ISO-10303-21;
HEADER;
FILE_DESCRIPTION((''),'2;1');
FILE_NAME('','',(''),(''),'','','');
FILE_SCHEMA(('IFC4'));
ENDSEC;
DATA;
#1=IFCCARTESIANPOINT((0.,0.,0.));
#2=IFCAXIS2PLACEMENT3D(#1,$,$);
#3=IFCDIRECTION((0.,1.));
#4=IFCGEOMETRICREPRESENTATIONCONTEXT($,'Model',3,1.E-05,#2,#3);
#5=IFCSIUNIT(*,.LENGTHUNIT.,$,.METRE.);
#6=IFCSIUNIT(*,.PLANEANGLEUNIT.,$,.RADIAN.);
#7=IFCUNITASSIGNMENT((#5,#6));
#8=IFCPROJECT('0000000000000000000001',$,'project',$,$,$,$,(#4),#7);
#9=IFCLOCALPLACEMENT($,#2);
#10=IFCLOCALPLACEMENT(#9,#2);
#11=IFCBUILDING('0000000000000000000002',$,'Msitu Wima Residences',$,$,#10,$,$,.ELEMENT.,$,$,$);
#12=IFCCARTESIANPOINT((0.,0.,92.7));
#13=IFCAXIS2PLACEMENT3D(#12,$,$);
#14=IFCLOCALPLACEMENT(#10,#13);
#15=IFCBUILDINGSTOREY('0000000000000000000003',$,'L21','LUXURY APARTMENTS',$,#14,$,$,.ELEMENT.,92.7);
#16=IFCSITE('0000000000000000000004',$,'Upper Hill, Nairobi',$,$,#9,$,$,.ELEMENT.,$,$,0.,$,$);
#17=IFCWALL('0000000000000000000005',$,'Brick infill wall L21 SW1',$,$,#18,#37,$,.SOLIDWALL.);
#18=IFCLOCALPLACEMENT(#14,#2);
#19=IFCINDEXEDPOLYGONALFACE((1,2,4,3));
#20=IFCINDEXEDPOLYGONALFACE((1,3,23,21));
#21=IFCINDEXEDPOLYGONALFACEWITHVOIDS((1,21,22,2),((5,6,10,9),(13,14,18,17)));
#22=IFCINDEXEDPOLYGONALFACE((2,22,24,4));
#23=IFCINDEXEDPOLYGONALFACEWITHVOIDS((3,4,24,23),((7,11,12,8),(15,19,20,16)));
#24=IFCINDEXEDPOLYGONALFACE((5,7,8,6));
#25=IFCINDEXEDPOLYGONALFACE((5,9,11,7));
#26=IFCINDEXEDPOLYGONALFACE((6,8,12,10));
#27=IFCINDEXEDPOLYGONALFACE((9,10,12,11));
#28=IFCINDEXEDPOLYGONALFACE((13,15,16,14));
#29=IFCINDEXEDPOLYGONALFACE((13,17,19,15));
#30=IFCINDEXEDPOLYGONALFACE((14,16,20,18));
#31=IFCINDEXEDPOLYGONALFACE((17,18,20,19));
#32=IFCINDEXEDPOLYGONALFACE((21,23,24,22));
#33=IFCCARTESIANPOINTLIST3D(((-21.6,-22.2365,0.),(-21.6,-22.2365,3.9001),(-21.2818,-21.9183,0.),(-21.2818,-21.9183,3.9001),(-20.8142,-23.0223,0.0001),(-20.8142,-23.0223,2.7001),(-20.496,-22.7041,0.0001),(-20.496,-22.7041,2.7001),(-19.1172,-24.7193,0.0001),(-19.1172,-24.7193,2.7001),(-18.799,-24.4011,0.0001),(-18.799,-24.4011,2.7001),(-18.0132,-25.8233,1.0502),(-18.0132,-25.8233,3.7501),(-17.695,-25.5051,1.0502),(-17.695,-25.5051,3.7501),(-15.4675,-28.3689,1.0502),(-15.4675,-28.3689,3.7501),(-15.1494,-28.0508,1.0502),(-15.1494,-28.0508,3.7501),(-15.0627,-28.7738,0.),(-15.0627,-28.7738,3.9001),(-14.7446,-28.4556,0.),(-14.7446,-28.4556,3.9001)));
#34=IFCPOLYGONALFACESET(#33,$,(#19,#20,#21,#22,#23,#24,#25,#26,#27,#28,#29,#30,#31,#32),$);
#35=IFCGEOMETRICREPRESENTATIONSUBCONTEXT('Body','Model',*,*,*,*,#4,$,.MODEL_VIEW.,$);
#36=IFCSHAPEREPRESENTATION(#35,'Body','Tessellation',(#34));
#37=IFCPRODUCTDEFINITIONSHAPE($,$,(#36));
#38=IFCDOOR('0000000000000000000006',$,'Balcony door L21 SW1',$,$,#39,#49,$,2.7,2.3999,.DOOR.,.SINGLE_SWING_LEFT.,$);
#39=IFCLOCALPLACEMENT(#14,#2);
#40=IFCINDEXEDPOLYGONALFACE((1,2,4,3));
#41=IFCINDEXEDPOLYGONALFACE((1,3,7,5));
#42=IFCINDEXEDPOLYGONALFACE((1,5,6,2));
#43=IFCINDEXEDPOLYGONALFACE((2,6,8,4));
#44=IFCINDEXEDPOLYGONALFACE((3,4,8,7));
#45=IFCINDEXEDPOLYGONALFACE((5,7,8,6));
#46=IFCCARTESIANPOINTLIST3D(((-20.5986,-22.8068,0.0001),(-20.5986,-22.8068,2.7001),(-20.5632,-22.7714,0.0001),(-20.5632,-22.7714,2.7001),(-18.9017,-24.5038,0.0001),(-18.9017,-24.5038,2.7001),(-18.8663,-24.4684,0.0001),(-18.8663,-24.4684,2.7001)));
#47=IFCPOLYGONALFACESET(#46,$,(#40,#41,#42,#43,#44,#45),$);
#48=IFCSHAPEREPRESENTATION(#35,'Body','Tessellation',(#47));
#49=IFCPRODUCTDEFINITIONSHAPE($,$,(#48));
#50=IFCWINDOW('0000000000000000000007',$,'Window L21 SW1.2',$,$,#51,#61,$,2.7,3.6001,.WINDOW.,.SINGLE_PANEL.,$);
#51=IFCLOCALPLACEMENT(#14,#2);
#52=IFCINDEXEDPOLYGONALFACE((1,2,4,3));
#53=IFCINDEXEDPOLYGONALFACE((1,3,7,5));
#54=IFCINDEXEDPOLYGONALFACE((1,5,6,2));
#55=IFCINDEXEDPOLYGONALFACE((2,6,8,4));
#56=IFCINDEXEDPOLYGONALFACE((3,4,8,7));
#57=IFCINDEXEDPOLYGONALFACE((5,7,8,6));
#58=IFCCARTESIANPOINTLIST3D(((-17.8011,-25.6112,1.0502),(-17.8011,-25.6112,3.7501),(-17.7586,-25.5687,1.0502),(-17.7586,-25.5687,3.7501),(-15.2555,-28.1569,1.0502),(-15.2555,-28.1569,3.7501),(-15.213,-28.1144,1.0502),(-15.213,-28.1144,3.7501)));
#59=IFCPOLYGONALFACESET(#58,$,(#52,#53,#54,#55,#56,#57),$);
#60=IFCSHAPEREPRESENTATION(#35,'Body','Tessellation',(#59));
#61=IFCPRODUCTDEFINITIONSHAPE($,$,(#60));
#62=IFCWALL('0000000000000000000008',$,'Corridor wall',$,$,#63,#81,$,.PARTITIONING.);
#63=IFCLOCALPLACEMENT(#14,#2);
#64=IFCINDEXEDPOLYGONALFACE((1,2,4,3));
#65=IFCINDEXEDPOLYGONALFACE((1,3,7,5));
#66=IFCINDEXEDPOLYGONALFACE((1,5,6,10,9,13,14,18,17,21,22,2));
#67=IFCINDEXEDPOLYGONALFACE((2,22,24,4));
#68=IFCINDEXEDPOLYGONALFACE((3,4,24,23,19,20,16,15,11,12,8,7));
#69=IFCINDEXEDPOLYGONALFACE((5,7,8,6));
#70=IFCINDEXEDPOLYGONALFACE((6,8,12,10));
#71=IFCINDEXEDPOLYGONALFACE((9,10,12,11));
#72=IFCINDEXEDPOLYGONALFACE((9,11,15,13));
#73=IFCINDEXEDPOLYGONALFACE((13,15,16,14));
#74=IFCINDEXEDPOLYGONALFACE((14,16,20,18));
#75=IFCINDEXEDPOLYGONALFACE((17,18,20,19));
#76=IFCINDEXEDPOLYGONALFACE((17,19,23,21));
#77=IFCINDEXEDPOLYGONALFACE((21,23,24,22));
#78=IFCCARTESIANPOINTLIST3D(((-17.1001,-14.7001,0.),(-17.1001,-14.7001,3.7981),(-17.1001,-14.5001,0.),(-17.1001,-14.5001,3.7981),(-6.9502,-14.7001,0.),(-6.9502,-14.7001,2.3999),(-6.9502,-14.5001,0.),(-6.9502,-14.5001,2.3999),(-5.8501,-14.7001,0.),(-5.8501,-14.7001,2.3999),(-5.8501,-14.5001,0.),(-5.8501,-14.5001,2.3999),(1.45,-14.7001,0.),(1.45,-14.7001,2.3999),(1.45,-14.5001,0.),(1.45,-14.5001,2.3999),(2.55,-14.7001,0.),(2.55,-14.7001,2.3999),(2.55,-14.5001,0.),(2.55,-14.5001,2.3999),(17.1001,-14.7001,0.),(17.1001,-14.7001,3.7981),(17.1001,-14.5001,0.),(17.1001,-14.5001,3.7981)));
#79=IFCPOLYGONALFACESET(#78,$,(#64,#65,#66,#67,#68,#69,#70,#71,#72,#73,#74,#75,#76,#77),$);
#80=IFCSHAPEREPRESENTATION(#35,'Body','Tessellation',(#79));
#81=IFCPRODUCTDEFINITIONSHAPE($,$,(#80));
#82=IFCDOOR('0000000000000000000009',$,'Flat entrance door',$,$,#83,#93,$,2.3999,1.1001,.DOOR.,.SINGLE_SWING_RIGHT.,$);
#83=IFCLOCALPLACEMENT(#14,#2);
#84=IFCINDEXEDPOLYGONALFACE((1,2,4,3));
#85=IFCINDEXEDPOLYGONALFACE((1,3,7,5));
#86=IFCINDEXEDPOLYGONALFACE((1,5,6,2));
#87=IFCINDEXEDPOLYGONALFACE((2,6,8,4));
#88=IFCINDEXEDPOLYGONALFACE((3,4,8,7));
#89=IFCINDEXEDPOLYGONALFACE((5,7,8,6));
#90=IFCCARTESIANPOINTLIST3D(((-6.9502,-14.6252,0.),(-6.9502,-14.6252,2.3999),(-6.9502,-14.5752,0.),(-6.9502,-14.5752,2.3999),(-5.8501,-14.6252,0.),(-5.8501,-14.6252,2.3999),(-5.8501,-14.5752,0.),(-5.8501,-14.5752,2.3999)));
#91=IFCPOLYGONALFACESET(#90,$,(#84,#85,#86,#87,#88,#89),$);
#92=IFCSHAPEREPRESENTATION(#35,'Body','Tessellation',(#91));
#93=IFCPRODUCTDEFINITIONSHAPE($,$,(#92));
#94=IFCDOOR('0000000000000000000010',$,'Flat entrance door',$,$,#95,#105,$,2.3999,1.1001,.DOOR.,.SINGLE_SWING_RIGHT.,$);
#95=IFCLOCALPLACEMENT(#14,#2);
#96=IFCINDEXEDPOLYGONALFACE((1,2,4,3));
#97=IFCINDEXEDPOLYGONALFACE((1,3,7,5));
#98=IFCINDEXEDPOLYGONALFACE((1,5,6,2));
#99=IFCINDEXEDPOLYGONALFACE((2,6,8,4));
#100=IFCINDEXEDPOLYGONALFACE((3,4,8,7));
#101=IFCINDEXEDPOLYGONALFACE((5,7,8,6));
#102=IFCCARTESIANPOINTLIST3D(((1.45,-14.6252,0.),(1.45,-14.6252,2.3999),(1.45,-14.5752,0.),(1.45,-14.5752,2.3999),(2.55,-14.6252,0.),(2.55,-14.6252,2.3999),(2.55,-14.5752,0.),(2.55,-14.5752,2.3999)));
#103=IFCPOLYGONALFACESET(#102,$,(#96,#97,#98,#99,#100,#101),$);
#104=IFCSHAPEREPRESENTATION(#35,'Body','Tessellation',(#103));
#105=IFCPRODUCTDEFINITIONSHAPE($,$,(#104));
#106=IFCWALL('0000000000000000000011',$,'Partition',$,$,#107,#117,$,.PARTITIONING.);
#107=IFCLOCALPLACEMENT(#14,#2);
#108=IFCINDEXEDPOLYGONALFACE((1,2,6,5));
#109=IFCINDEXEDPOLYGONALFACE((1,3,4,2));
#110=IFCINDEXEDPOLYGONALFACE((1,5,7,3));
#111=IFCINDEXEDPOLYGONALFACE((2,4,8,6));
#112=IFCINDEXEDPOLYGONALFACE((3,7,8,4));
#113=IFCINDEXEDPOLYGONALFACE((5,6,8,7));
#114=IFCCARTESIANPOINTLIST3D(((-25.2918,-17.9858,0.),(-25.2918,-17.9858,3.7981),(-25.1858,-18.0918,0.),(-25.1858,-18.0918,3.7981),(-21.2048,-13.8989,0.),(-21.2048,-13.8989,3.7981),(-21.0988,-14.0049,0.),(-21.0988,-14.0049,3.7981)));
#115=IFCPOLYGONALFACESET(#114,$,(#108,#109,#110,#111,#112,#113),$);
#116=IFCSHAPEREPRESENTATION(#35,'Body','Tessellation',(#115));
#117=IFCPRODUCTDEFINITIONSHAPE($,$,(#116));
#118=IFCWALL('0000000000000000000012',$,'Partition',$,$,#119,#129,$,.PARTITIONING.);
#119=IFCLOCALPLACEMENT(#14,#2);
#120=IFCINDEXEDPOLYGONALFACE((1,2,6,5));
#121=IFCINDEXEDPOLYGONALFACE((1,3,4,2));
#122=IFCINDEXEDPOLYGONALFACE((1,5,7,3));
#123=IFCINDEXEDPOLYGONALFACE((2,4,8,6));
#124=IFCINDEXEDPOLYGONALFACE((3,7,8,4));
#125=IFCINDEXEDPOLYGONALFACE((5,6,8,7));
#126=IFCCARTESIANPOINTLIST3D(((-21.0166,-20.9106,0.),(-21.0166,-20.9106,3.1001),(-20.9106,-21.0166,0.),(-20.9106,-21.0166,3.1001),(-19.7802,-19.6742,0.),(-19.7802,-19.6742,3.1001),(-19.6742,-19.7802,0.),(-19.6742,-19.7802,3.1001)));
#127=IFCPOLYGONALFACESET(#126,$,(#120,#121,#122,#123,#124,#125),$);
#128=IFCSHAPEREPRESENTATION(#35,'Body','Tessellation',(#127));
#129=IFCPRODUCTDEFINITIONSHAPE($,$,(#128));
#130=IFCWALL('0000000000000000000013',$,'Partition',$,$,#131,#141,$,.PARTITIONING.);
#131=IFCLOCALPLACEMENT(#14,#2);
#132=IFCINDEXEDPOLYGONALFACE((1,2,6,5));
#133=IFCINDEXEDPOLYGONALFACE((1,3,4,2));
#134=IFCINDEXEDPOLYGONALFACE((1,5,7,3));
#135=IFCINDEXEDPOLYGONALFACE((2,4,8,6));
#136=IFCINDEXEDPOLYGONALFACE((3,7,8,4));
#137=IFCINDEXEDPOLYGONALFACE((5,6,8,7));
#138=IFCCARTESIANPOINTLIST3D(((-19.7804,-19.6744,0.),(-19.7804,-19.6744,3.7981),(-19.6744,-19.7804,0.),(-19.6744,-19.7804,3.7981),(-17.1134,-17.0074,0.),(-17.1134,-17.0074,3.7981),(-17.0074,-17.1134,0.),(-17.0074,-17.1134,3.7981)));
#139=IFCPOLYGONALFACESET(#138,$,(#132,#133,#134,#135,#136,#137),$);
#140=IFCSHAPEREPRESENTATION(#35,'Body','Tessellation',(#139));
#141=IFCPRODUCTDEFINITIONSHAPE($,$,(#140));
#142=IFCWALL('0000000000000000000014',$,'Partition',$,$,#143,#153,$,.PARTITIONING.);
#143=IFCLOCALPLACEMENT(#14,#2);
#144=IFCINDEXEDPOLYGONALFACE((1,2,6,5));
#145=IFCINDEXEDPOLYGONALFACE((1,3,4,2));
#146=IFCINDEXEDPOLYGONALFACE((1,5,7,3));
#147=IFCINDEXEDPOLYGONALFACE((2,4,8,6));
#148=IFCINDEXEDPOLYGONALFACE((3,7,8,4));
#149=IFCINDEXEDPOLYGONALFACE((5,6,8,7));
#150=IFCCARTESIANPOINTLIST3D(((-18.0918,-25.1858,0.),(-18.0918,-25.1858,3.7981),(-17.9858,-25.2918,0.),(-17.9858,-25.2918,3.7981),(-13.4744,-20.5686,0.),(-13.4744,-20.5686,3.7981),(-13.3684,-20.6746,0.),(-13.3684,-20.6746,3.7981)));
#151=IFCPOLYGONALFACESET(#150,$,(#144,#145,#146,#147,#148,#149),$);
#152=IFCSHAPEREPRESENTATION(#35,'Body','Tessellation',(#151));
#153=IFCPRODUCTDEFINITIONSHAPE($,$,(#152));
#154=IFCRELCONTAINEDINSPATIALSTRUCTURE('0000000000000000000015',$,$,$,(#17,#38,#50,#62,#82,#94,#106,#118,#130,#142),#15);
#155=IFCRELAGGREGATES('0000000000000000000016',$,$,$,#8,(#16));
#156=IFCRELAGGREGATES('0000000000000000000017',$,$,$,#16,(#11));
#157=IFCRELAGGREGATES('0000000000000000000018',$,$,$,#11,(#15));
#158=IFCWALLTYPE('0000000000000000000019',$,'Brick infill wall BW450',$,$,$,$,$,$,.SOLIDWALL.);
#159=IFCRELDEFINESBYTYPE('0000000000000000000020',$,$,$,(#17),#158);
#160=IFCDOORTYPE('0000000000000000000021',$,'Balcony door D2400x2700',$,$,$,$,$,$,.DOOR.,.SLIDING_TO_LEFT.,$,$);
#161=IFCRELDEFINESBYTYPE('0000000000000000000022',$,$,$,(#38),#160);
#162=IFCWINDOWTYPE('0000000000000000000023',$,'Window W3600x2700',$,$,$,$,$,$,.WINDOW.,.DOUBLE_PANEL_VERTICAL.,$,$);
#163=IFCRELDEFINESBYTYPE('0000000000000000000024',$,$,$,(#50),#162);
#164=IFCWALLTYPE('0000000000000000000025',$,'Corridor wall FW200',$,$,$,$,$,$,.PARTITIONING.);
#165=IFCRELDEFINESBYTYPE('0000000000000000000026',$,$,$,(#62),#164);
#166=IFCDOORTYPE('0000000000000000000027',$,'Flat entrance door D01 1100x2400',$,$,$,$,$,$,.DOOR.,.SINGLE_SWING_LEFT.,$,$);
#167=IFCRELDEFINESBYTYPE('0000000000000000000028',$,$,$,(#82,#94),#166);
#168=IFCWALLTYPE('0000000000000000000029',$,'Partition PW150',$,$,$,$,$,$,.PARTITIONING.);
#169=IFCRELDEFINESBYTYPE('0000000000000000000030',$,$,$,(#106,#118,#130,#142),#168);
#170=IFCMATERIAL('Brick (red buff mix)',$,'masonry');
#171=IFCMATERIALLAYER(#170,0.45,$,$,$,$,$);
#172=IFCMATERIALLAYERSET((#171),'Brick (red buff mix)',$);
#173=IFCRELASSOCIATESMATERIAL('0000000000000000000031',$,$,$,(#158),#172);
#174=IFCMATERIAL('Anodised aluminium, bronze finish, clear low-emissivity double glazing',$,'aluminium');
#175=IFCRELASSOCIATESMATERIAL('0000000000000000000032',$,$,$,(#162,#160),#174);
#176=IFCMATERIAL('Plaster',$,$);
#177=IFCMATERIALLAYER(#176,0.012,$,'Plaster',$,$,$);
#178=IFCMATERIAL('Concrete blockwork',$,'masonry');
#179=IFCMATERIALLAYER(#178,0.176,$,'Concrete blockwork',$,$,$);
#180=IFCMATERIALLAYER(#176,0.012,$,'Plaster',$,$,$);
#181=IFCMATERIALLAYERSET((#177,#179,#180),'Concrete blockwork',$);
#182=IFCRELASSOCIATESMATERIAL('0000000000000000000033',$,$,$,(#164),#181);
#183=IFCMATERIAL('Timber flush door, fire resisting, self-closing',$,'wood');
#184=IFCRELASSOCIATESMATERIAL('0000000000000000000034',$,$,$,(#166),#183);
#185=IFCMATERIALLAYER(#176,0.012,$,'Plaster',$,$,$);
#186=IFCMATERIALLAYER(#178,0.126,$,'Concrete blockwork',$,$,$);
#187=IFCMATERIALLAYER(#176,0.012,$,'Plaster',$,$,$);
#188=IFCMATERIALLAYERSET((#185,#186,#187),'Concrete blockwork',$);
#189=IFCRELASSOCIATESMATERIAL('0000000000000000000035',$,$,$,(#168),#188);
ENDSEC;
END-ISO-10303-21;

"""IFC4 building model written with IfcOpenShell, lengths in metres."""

from ifc_helpers import new_model, si_unit, direction, frame, frame_2d, origin, place, context, subcontext, project, spatial, rectangle, extrude, material, layer, layer_set, type_object, element, fill, save


model = new_model("IFC4")

# Units and contexts
model_context = context("Model", 3, precision=1e-05, world=origin(), true_north=direction((0.0, 1.0)))
body_context = subcontext(model_context, "Body", "Model", "MODEL_VIEW")
ifc_project = project(units=[si_unit("LENGTHUNIT", "METRE"), si_unit("PLANEANGLEUNIT", "RADIAN")], contexts=[model_context])

# Site, building, storey
site_placement = place(None, origin())
site = spatial("IfcSite", under=ifc_project, at=site_placement, Name="Upper Hill, Nairobi", CompositionType="ELEMENT", RefElevation=0.0)
building_placement = place(site_placement, origin())
building = spatial("IfcBuilding", under=site, at=building_placement, Name="Msitu Wima Residences", CompositionType="ELEMENT")
storey_placement = place(building_placement, frame((0.0, 0.0, 92.7)))
storey = spatial("IfcBuildingStorey", under=building, at=storey_placement, Name="L21", Description="LUXURY APARTMENTS", CompositionType="ELEMENT", Elevation=92.7)

# Shared definitions
ifc_material_1 = material(Name="Brick (red buff mix)", Category="masonry")
ifc_layer_1 = layer(ifc_material_1, 0.45)
ifc_layer_set_1 = layer_set([ifc_layer_1], Name="Brick (red buff mix)")
wall_type_1 = type_object("IfcWallType", Name="Brick infill wall BW450", PredefinedType="SOLIDWALL", material=ifc_layer_set_1)
ifc_material_2 = material(Name="Anodised aluminium, bronze finish, clear low-emissivity double glazing", Category="aluminium")
window_type = type_object("IfcWindowType", Name="Window W3600x2700", PartitioningType="DOUBLE_PANEL_VERTICAL", PredefinedType="WINDOW", material=ifc_material_2)

# Wall, openings, door, window
wall_1_placement = place(storey_placement, frame((-21.4409, -22.0774, 0.0), z_axis=(0.0, 0.0, 1.0), x_axis=(0.707107, -0.707107, 0.0)))
wall_1 = element("IfcWall", 1, at=wall_1_placement, inside=storey, type_object=wall_type_1, Name="Brick infill wall L21 SW1", PredefinedType="SOLIDWALL", context=body_context, shape_type="SweptSolid", body=[
    extrude(rectangle(XDim=9.2451, YDim=0.45, at=frame_2d((4.6226, 0.0))), origin(), (0.0, 0.0, 1.0), 3.9001),
])
opening_1_placement = place(wall_1_placement, frame((1.1113, 0.0, 0.0)))
opening_1 = element("IfcOpeningElement", 2, at=opening_1_placement, cuts=wall_1, PredefinedType="OPENING", context=body_context, shape_type="SweptSolid", body=[
    extrude(rectangle(XDim=2.3999, YDim=2.7, at=frame_2d((1.2, 1.3501))), frame((0.0, 0.2349, 0.0), z_axis=(0.0, -1.0, 0.0), x_axis=(1.0, 0.0, 0.0)), (0.0, 0.0, 1.0), 0.47),
])
opening_2_placement = place(wall_1_placement, frame((5.0725, 0.0, 1.05)))
opening_2 = element("IfcOpeningElement", 3, at=opening_2_placement, cuts=wall_1, PredefinedType="OPENING", context=body_context, shape_type="SweptSolid", body=[
    extrude(rectangle(XDim=3.6001, YDim=2.7, at=frame_2d((1.8, 1.3501))), frame((0.0, 0.2349, 0.0), z_axis=(0.0, -1.0, 0.0), x_axis=(1.0, 0.0, 0.0)), (0.0, 0.0, 1.0), 0.47),
])
door_type_1 = type_object("IfcDoorType", Name="Balcony door D2400x2700", OperationType="SLIDING_TO_LEFT", PredefinedType="DOOR", material=ifc_material_2)
door_1_placement = place(opening_1_placement, origin())
door_1 = element("IfcDoor", 4, at=door_1_placement, inside=storey, type_object=door_type_1, Name="Balcony door L21 SW1", OperationType="SINGLE_SWING_LEFT", OverallHeight=2.7, OverallWidth=2.3999, PredefinedType="DOOR", context=body_context, shape_type="SweptSolid", body=[
    extrude(rectangle(XDim=2.3999, YDim=2.7, at=frame_2d((1.2, 1.3501))), frame((0.0, 0.1299, 0.0), z_axis=(0.0, -1.0, 0.0), x_axis=(1.0, 0.0, 0.0)), (0.0, 0.0, 1.0), 0.05),
])
fill(opening_1, door_1)
window_1_placement = place(opening_2_placement, origin())
window_1 = element("IfcWindow", 5, at=window_1_placement, inside=storey, type_object=window_type, Name="Window L21 SW1.2", OverallHeight=2.7, OverallWidth=3.6001, PartitioningType="SINGLE_PANEL", PredefinedType="WINDOW", context=body_context, shape_type="SweptSolid", body=[
    extrude(rectangle(XDim=3.6001, YDim=2.7, at=frame_2d((1.8, 1.3501))), frame((0.0, 0.135, 0.0), z_axis=(0.0, -1.0, 0.0), x_axis=(1.0, 0.0, 0.0)), (0.0, 0.0, 1.0), 0.0601),
])
fill(opening_2, window_1)

# Wall, openings, doors
ifc_material_3 = material(Name="Plaster")
ifc_layer_2 = layer(ifc_material_3, 0.012, Name="Plaster")
ifc_material_4 = material(Name="Concrete blockwork", Category="masonry")
ifc_layer_3 = layer(ifc_material_4, 0.176, Name="Concrete blockwork")
ifc_layer_4 = layer(ifc_material_3, 0.012, Name="Plaster")
ifc_layer_set_2 = layer_set([ifc_layer_2, ifc_layer_3, ifc_layer_4], Name="Concrete blockwork")
wall_type_2 = type_object("IfcWallType", Name="Corridor wall FW200", PredefinedType="PARTITIONING", material=ifc_layer_set_2)
wall_2_placement = place(storey_placement, frame((-17.1001, -14.6001, 0.0), z_axis=(0.0, 0.0, 1.0), x_axis=(1.0, 0.0, 0.0)))
wall_2 = element("IfcWall", 6, at=wall_2_placement, inside=storey, type_object=wall_type_2, Name="Corridor wall", PredefinedType="PARTITIONING", context=body_context, shape_type="SweptSolid", body=[
    extrude(rectangle(XDim=34.2002, YDim=0.2, at=frame_2d((17.1001, 0.0))), origin(), (0.0, 0.0, 1.0), 3.7981),
])
opening_3_placement = place(wall_2_placement, frame((10.1499, 0.0, 0.0)))
opening_3 = element("IfcOpeningElement", 7, at=opening_3_placement, cuts=wall_2, PredefinedType="OPENING", context=body_context, shape_type="SweptSolid", body=[
    extrude(rectangle(XDim=1.1001, YDim=2.3999, at=frame_2d((0.55, 1.2))), frame((0.0, 0.1099, 0.0), z_axis=(0.0, -1.0, 0.0), x_axis=(1.0, 0.0, 0.0)), (0.0, 0.0, 1.0), 0.22),
])
opening_4_placement = place(wall_2_placement, frame((18.55, 0.0, 0.0)))
opening_4 = element("IfcOpeningElement", 8, at=opening_4_placement, cuts=wall_2, PredefinedType="OPENING", context=body_context, shape_type="SweptSolid", body=[
    extrude(rectangle(XDim=1.1001, YDim=2.3999, at=frame_2d((0.55, 1.2))), frame((0.0, 0.1099, 0.0), z_axis=(0.0, -1.0, 0.0), x_axis=(1.0, 0.0, 0.0)), (0.0, 0.0, 1.0), 0.22),
])
ifc_material_5 = material(Name="Timber flush door, fire resisting, self-closing", Category="wood")
door_type_2 = type_object("IfcDoorType", Name="Flat entrance door D01 1100x2400", OperationType="SINGLE_SWING_LEFT", PredefinedType="DOOR", material=ifc_material_5)
door_2_placement = place(opening_3_placement, origin())
door_2 = element("IfcDoor", 9, at=door_2_placement, inside=storey, type_object=door_type_2, Name="Flat entrance door", OperationType="SINGLE_SWING_RIGHT", OverallHeight=2.3999, OverallWidth=1.1001, PredefinedType="DOOR", context=body_context, shape_type="SweptSolid", body=[
    extrude(rectangle(XDim=1.1001, YDim=2.3999, at=frame_2d((0.55, 1.2))), frame((0.0, 0.0249, 0.0), z_axis=(0.0, -1.0, 0.0), x_axis=(1.0, 0.0, 0.0)), (0.0, 0.0, 1.0), 0.05),
])
fill(opening_3, door_2)
door_3_placement = place(opening_4_placement, origin())
door_3 = element("IfcDoor", 10, at=door_3_placement, inside=storey, type_object=door_type_2, Name="Flat entrance door", OperationType="SINGLE_SWING_RIGHT", OverallHeight=2.3999, OverallWidth=1.1001, PredefinedType="DOOR", context=body_context, shape_type="SweptSolid", body=[
    extrude(rectangle(XDim=1.1001, YDim=2.3999, at=frame_2d((0.55, 1.2))), frame((0.0, 0.0249, 0.0), z_axis=(0.0, -1.0, 0.0), x_axis=(1.0, 0.0, 0.0)), (0.0, 0.0, 1.0), 0.05),
])
fill(opening_4, door_3)

# Walls
ifc_layer_5 = layer(ifc_material_3, 0.012, Name="Plaster")
ifc_layer_6 = layer(ifc_material_4, 0.126, Name="Concrete blockwork")
ifc_layer_7 = layer(ifc_material_3, 0.012, Name="Plaster")
ifc_layer_set_3 = layer_set([ifc_layer_5, ifc_layer_6, ifc_layer_7], Name="Concrete blockwork")
wall_type_3 = type_object("IfcWallType", Name="Partition PW150", PredefinedType="PARTITIONING", material=ifc_layer_set_3)
wall_3_placement = place(storey_placement, frame((-25.2388, -18.0388, 0.0), z_axis=(0.0, 0.0, 1.0), x_axis=(0.707107, 0.707107, 0.0)))
element("IfcWall", 11, at=wall_3_placement, inside=storey, type_object=wall_type_3, Name="Partition", PredefinedType="PARTITIONING", context=body_context, shape_type="SweptSolid", body=[
    extrude(rectangle(XDim=5.7798, YDim=0.1499, at=frame_2d((2.8899, 0.0))), origin(), (0.0, 0.0, 1.0), 3.7981),
])
wall_4_placement = place(storey_placement, frame((-20.9636, -20.9636, 0.0), z_axis=(0.0, 0.0, 1.0), x_axis=(0.707107, 0.707107, 0.0)))
element("IfcWall", 12, at=wall_4_placement, inside=storey, type_object=wall_type_3, Name="Partition", PredefinedType="PARTITIONING", context=body_context, shape_type="SweptSolid", body=[
    extrude(rectangle(XDim=1.7485, YDim=0.1499, at=frame_2d((0.8743, 0.0))), origin(), (0.0, 0.0, 1.0), 3.1001),
])
wall_5_placement = place(storey_placement, frame((-19.7273, -19.7273, 0.0), z_axis=(0.0, 0.0, 1.0), x_axis=(0.707107, 0.707107, 0.0)))
element("IfcWall", 13, at=wall_5_placement, inside=storey, type_object=wall_type_3, Name="Partition", PredefinedType="PARTITIONING", context=body_context, shape_type="SweptSolid", body=[
    extrude(rectangle(XDim=3.7717, YDim=0.1499, at=frame_2d((1.8857, 0.0))), origin(), (0.0, 0.0, 1.0), 3.7981),
])
wall_6_placement = place(storey_placement, frame((-18.0388, -25.2388, 0.0), z_axis=(0.0, 0.0, 1.0), x_axis=(0.707125, 0.707088, 0.0)))
element("IfcWall", 14, at=wall_6_placement, inside=storey, type_object=wall_type_3, Name="Partition", PredefinedType="PARTITIONING", context=body_context, shape_type="SweptSolid", body=[
    extrude(rectangle(XDim=6.5298, YDim=0.1499, at=frame_2d((3.2649, 0.0))), origin(), (0.0, 0.0, 1.0), 3.7981),
])

save(model, "model.ifc")
